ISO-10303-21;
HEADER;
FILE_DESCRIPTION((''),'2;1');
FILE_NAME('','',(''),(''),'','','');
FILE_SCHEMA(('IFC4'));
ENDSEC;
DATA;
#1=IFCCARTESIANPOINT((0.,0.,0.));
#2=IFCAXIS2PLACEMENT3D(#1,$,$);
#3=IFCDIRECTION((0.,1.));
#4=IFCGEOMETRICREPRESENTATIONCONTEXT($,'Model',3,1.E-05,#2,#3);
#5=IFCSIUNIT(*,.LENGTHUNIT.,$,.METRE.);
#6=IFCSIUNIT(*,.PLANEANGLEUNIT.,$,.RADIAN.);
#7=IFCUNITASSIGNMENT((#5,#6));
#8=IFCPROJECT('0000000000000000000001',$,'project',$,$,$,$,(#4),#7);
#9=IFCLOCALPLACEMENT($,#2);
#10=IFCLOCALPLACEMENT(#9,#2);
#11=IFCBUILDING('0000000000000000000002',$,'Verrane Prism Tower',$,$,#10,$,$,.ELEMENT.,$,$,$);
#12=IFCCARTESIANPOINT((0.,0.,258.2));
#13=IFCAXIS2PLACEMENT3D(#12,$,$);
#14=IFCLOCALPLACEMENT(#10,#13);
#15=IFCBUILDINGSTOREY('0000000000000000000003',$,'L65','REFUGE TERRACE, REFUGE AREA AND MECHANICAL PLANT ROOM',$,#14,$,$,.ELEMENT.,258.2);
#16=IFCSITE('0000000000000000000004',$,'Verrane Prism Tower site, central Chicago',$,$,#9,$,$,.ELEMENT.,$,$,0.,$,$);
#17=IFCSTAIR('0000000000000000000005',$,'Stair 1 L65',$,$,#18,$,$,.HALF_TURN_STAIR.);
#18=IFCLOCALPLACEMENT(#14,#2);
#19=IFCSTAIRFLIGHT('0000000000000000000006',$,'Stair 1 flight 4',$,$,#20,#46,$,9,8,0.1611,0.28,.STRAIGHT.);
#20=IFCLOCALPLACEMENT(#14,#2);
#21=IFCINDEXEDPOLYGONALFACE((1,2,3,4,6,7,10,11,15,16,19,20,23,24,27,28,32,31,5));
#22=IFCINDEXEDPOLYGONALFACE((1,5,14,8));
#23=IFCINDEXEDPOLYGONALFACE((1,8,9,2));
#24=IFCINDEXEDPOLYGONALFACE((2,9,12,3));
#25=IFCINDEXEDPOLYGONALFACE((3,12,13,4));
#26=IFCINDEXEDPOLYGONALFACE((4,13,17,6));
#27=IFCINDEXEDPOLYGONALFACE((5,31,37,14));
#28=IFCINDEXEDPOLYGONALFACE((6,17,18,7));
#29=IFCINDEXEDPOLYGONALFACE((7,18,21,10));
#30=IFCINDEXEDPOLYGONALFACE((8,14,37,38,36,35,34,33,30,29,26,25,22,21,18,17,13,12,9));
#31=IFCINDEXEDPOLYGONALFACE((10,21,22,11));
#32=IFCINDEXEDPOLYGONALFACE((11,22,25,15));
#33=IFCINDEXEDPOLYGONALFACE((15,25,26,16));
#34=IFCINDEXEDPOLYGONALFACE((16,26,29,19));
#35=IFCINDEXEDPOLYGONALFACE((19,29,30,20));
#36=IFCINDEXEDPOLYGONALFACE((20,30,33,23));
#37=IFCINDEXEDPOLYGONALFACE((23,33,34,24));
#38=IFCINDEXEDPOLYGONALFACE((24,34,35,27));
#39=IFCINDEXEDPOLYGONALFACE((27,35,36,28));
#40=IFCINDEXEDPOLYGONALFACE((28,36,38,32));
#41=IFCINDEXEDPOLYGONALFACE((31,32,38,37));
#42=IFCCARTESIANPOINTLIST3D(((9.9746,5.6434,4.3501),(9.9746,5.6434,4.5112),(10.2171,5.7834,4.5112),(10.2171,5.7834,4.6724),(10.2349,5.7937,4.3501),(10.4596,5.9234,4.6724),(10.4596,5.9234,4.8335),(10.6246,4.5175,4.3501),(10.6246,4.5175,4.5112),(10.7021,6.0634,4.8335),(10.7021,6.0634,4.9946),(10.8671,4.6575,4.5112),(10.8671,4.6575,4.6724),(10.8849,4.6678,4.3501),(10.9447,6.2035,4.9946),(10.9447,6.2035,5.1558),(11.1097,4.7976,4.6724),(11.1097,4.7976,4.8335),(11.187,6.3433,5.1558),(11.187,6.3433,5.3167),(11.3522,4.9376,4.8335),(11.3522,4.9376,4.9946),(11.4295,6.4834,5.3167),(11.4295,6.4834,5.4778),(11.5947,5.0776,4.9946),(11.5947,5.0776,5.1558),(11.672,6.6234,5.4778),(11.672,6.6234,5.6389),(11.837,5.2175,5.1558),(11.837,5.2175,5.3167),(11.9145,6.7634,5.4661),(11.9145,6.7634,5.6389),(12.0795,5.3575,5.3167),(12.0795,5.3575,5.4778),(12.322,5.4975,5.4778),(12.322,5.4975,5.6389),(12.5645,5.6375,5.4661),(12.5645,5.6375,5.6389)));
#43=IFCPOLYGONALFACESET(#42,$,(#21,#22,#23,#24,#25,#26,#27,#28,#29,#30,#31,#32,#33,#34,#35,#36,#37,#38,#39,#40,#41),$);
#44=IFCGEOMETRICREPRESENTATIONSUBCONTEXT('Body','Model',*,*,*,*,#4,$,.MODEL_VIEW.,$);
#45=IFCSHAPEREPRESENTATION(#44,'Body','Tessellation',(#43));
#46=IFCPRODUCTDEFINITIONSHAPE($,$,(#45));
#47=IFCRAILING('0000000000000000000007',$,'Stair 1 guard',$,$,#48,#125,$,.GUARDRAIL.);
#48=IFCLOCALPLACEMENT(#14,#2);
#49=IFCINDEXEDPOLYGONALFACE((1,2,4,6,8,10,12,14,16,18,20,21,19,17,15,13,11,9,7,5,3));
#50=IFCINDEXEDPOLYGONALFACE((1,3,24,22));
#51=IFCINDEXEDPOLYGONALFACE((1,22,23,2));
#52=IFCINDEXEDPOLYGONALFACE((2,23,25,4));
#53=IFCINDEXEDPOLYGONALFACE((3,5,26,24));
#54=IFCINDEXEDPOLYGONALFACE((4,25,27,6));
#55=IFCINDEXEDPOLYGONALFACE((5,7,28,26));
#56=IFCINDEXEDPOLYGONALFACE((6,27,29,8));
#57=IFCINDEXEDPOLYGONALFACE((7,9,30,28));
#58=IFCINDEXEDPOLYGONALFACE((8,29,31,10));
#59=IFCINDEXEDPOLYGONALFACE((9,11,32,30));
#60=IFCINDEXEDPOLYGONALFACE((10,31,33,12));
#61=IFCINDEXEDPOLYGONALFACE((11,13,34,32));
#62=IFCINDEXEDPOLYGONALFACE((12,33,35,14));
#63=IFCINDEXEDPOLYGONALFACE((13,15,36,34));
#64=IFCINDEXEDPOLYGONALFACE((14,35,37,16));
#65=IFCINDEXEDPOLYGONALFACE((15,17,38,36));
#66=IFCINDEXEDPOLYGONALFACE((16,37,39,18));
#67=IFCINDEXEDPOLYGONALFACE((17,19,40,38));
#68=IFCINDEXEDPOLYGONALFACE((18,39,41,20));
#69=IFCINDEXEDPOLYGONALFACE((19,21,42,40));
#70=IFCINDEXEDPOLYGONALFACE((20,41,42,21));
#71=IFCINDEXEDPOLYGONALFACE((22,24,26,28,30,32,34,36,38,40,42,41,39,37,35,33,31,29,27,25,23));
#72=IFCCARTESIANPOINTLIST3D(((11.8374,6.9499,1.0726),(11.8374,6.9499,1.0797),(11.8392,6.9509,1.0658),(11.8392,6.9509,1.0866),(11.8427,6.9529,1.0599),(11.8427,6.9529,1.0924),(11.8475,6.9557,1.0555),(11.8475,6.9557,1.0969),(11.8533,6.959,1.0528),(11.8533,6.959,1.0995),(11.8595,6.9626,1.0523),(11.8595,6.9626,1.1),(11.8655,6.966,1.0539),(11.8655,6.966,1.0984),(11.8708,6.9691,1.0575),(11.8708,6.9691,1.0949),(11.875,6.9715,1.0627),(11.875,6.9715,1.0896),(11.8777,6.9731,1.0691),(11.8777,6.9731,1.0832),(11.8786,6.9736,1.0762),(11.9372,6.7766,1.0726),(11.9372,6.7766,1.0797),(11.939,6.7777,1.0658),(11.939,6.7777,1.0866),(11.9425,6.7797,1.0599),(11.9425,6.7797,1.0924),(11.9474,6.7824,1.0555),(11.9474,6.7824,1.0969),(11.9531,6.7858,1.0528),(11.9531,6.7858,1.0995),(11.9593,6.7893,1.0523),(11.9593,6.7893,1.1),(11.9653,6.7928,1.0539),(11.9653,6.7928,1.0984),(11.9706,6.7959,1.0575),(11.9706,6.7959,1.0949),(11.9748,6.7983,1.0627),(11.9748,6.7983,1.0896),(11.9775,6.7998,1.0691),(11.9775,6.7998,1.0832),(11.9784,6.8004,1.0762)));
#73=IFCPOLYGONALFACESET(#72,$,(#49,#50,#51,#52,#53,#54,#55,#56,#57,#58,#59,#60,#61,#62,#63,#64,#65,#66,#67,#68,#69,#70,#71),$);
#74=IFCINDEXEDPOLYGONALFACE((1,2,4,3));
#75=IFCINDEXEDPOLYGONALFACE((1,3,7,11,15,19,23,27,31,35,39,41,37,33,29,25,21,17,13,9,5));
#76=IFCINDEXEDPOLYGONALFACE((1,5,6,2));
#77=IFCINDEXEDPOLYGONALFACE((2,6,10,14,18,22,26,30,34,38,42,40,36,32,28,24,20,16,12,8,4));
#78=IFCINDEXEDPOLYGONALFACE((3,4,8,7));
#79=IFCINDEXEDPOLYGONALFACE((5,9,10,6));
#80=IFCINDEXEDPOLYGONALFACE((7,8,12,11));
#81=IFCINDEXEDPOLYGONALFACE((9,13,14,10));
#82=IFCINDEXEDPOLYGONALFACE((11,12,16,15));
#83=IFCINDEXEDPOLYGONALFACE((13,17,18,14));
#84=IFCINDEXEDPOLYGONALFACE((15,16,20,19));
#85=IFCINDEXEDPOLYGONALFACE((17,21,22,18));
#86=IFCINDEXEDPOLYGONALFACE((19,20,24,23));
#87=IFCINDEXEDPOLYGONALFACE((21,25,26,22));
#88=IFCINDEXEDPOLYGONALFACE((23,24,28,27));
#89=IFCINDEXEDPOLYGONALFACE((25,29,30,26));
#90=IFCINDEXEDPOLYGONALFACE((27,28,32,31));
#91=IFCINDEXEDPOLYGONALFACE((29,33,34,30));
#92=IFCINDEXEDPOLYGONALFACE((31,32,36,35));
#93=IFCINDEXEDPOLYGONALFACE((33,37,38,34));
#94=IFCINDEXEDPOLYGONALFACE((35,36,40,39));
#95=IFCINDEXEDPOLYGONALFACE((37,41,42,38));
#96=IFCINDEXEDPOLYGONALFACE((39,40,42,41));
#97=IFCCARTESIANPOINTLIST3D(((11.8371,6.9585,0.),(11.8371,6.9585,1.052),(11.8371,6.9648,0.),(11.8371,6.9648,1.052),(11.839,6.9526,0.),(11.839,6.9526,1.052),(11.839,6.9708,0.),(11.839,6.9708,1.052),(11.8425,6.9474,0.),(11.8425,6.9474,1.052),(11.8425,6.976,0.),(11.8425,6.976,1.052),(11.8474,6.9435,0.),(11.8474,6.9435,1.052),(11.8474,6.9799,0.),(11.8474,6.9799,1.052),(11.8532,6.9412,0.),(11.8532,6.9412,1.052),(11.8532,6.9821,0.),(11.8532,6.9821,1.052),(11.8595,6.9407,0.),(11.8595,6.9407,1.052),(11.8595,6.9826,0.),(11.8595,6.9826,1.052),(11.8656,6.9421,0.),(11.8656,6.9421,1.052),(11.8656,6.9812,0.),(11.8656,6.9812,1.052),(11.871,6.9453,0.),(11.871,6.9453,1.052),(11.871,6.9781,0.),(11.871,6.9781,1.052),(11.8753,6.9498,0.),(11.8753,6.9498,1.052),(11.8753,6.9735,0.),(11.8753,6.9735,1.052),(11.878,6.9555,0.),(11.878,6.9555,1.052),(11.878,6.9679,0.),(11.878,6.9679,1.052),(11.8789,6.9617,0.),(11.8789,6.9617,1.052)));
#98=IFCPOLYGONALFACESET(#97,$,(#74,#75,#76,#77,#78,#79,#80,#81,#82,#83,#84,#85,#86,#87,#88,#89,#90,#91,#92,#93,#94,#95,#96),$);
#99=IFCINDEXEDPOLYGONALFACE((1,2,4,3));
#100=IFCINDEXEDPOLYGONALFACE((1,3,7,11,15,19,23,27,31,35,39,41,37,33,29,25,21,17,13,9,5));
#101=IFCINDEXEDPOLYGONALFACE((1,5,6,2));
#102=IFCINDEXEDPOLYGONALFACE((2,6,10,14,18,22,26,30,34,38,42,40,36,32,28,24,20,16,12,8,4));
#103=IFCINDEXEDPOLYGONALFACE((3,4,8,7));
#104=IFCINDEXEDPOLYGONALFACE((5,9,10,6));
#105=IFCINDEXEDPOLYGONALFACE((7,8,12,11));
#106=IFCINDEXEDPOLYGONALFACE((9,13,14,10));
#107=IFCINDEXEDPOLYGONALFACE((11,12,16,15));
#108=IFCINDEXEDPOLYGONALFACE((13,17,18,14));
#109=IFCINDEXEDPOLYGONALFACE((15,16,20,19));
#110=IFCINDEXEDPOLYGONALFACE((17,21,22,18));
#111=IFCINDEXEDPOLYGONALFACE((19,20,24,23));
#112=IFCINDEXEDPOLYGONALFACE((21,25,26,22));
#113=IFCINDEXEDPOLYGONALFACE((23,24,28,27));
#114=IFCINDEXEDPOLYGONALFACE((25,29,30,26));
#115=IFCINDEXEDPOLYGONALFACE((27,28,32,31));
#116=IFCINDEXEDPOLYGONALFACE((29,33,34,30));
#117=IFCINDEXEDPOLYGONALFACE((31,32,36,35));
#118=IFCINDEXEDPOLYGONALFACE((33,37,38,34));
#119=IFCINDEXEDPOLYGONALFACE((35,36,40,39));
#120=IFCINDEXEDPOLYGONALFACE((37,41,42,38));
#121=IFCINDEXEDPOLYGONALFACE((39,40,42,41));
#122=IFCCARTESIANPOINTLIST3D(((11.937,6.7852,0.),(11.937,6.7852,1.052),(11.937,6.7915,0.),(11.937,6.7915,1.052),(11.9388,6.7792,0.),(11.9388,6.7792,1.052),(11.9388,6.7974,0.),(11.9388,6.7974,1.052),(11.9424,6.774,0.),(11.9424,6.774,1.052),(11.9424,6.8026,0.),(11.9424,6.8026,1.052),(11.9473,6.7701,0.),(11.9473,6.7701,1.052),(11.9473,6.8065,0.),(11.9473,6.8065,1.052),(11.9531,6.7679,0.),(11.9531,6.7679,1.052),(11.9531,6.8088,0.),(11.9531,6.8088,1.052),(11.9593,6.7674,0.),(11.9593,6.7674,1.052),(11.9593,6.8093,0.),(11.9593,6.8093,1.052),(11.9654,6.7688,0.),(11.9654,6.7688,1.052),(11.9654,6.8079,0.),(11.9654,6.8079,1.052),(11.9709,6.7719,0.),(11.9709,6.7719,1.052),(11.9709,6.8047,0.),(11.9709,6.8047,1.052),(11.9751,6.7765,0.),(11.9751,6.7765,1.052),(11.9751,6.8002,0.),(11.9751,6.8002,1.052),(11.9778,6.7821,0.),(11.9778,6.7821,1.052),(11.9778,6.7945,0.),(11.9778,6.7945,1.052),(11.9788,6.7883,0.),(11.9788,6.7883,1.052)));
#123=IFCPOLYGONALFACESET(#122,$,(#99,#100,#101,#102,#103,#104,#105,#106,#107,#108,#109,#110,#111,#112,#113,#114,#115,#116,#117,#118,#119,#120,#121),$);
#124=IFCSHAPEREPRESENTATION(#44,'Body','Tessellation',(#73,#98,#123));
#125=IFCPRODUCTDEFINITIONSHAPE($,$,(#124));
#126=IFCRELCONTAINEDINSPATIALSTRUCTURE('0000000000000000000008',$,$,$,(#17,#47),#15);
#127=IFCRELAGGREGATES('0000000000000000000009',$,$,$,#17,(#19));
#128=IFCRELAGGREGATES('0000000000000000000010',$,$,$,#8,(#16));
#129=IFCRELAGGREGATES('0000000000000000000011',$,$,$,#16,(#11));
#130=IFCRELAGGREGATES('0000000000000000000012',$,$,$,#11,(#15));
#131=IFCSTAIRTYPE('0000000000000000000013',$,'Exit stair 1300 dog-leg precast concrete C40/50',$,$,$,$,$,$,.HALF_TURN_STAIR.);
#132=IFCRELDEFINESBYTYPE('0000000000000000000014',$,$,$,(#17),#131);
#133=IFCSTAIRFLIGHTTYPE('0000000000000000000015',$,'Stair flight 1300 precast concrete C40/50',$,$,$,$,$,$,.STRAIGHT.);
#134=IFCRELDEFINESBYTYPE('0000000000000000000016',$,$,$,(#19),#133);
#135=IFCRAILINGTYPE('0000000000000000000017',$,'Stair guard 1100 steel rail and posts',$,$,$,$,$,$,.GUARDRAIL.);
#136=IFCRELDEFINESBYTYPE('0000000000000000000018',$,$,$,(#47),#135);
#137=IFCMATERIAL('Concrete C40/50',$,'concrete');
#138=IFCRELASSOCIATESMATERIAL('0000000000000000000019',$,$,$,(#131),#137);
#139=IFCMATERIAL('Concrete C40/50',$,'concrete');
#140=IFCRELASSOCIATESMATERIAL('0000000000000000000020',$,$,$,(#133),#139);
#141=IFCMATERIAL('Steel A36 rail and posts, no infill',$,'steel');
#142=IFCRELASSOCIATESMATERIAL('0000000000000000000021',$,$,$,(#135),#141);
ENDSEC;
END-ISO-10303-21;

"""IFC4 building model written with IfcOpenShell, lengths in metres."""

from ifc_helpers import new_model, si_unit, direction, frame, origin, origin_2d, place, context, subcontext, project, spatial, polyline, circle, outline, extrude, material, type_object, element, aggregate, save


model = new_model("IFC4")

# Units and contexts
model_context = context("Model", 3, precision=1e-05, world=origin(), true_north=direction((0.0, 1.0)))
body_context = subcontext(model_context, "Body", "Model", "MODEL_VIEW")
ifc_project = project(units=[si_unit("LENGTHUNIT", "METRE"), si_unit("PLANEANGLEUNIT", "RADIAN")], contexts=[model_context])

# Site, building, storey
site_placement = place(None, origin())
site = spatial("IfcSite", under=ifc_project, at=site_placement, Name="Verrane Prism Tower site, central Chicago", CompositionType="ELEMENT", RefElevation=0.0)
building_placement = place(site_placement, origin())
building = spatial("IfcBuilding", under=site, at=building_placement, Name="Verrane Prism Tower", CompositionType="ELEMENT")
storey_placement = place(building_placement, frame((0.0, 0.0, 258.2)))
storey = spatial("IfcBuildingStorey", under=building, at=storey_placement, Name="L65", Description="REFUGE TERRACE, REFUGE AREA AND MECHANICAL PLANT ROOM", CompositionType="ELEMENT", Elevation=258.2)

# Stair, stair flight
ifc_material_1 = material(Name="Concrete C40/50", Category="concrete")
stair_type = type_object("IfcStairType", Name="Exit stair 1300 dog-leg precast concrete C40/50", PredefinedType="HALF_TURN_STAIR", material=ifc_material_1)
stair_placement = place(storey_placement, origin())
stair = element("IfcStair", 1, at=stair_placement, inside=storey, type_object=stair_type, Name="Stair 1 L65", PredefinedType="HALF_TURN_STAIR")
ifc_material_2 = material(Name="Concrete C40/50", Category="concrete")
stair_flight_type = type_object("IfcStairFlightType", Name="Stair flight 1300 precast concrete C40/50", PredefinedType="STRAIGHT", material=ifc_material_2)
stair_flight_1_placement = place(storey_placement, frame((10.2996, 5.0806, 4.3501), z_axis=(0.0, 0.0, 1.0), x_axis=(0.866025, 0.5, 0.0)))
stair_flight_1 = element("IfcStairFlight", 2, at=stair_flight_1_placement, type_object=stair_flight_type, Name="Stair 1 flight 4", NumberOfRisers=9, NumberOfTreads=8, PredefinedType="STRAIGHT", RiserHeight=0.1611, TreadLength=0.28, context=body_context, shape_type="SweptSolid", body=[
    extrude(outline(polyline([(0.0, 0.0), (0.0, 0.1611), (0.28, 0.1611), (0.28, 0.3223), (0.5601, 0.3223), (0.5601, 0.4834), (0.8401, 0.4834), (0.8401, 0.6445), (1.1201, 0.6445), (1.1201, 0.8057), (1.3999, 0.8057), (1.3999, 0.9666), (1.6799, 0.9666), (1.6799, 1.1277), (1.96, 1.1277), (1.96, 1.2888), (2.24, 1.2888), (2.24, 1.45), (2.24, 1.116), (0.3005, 0.0), (0.0, 0.0)])), frame((0.0, 0.6499, 0.0), z_axis=(0.0, -1.0, 0.0), x_axis=(1.0, 0.0, 0.0)), (0.0, 0.0, 1.0), 1.3),
])
aggregate(stair, [stair_flight_1])

# Railing
ifc_material_3 = material(Name="Steel A36 rail and posts, no infill", Category="steel")
railing_type_1 = type_object("IfcRailingType", Name="Stair guard 1100 steel rail and posts", PredefinedType="GUARDRAIL", material=ifc_material_3)
railing_1_placement = place(storey_placement, frame((11.8579, 6.9617, 0.0)))
element("IfcRailing", 3, at=railing_1_placement, inside=storey, type_object=railing_type_1, Name="Stair 1 guard", PredefinedType="GUARDRAIL", context=body_context, shape_type="SweptSolid", body=[
    extrude(circle(Radius=0.0239, at=origin_2d()), frame((0.0, 0.0, 1.0762), z_axis=(0.499159, -0.86651, 0.0), x_axis=(0.86651, 0.499159, 0.0)), (0.0, 0.0, 1.0), 0.2),
    extrude(circle(Radius=0.021, at=origin_2d()), origin(), (0.0, 0.0, 1.0), 1.052),
    extrude(circle(Radius=0.021, at=origin_2d()), frame((0.0999, -0.1733, 0.0)), (0.0, 0.0, 1.0), 1.052),
])

save(model, "model.ifc")
